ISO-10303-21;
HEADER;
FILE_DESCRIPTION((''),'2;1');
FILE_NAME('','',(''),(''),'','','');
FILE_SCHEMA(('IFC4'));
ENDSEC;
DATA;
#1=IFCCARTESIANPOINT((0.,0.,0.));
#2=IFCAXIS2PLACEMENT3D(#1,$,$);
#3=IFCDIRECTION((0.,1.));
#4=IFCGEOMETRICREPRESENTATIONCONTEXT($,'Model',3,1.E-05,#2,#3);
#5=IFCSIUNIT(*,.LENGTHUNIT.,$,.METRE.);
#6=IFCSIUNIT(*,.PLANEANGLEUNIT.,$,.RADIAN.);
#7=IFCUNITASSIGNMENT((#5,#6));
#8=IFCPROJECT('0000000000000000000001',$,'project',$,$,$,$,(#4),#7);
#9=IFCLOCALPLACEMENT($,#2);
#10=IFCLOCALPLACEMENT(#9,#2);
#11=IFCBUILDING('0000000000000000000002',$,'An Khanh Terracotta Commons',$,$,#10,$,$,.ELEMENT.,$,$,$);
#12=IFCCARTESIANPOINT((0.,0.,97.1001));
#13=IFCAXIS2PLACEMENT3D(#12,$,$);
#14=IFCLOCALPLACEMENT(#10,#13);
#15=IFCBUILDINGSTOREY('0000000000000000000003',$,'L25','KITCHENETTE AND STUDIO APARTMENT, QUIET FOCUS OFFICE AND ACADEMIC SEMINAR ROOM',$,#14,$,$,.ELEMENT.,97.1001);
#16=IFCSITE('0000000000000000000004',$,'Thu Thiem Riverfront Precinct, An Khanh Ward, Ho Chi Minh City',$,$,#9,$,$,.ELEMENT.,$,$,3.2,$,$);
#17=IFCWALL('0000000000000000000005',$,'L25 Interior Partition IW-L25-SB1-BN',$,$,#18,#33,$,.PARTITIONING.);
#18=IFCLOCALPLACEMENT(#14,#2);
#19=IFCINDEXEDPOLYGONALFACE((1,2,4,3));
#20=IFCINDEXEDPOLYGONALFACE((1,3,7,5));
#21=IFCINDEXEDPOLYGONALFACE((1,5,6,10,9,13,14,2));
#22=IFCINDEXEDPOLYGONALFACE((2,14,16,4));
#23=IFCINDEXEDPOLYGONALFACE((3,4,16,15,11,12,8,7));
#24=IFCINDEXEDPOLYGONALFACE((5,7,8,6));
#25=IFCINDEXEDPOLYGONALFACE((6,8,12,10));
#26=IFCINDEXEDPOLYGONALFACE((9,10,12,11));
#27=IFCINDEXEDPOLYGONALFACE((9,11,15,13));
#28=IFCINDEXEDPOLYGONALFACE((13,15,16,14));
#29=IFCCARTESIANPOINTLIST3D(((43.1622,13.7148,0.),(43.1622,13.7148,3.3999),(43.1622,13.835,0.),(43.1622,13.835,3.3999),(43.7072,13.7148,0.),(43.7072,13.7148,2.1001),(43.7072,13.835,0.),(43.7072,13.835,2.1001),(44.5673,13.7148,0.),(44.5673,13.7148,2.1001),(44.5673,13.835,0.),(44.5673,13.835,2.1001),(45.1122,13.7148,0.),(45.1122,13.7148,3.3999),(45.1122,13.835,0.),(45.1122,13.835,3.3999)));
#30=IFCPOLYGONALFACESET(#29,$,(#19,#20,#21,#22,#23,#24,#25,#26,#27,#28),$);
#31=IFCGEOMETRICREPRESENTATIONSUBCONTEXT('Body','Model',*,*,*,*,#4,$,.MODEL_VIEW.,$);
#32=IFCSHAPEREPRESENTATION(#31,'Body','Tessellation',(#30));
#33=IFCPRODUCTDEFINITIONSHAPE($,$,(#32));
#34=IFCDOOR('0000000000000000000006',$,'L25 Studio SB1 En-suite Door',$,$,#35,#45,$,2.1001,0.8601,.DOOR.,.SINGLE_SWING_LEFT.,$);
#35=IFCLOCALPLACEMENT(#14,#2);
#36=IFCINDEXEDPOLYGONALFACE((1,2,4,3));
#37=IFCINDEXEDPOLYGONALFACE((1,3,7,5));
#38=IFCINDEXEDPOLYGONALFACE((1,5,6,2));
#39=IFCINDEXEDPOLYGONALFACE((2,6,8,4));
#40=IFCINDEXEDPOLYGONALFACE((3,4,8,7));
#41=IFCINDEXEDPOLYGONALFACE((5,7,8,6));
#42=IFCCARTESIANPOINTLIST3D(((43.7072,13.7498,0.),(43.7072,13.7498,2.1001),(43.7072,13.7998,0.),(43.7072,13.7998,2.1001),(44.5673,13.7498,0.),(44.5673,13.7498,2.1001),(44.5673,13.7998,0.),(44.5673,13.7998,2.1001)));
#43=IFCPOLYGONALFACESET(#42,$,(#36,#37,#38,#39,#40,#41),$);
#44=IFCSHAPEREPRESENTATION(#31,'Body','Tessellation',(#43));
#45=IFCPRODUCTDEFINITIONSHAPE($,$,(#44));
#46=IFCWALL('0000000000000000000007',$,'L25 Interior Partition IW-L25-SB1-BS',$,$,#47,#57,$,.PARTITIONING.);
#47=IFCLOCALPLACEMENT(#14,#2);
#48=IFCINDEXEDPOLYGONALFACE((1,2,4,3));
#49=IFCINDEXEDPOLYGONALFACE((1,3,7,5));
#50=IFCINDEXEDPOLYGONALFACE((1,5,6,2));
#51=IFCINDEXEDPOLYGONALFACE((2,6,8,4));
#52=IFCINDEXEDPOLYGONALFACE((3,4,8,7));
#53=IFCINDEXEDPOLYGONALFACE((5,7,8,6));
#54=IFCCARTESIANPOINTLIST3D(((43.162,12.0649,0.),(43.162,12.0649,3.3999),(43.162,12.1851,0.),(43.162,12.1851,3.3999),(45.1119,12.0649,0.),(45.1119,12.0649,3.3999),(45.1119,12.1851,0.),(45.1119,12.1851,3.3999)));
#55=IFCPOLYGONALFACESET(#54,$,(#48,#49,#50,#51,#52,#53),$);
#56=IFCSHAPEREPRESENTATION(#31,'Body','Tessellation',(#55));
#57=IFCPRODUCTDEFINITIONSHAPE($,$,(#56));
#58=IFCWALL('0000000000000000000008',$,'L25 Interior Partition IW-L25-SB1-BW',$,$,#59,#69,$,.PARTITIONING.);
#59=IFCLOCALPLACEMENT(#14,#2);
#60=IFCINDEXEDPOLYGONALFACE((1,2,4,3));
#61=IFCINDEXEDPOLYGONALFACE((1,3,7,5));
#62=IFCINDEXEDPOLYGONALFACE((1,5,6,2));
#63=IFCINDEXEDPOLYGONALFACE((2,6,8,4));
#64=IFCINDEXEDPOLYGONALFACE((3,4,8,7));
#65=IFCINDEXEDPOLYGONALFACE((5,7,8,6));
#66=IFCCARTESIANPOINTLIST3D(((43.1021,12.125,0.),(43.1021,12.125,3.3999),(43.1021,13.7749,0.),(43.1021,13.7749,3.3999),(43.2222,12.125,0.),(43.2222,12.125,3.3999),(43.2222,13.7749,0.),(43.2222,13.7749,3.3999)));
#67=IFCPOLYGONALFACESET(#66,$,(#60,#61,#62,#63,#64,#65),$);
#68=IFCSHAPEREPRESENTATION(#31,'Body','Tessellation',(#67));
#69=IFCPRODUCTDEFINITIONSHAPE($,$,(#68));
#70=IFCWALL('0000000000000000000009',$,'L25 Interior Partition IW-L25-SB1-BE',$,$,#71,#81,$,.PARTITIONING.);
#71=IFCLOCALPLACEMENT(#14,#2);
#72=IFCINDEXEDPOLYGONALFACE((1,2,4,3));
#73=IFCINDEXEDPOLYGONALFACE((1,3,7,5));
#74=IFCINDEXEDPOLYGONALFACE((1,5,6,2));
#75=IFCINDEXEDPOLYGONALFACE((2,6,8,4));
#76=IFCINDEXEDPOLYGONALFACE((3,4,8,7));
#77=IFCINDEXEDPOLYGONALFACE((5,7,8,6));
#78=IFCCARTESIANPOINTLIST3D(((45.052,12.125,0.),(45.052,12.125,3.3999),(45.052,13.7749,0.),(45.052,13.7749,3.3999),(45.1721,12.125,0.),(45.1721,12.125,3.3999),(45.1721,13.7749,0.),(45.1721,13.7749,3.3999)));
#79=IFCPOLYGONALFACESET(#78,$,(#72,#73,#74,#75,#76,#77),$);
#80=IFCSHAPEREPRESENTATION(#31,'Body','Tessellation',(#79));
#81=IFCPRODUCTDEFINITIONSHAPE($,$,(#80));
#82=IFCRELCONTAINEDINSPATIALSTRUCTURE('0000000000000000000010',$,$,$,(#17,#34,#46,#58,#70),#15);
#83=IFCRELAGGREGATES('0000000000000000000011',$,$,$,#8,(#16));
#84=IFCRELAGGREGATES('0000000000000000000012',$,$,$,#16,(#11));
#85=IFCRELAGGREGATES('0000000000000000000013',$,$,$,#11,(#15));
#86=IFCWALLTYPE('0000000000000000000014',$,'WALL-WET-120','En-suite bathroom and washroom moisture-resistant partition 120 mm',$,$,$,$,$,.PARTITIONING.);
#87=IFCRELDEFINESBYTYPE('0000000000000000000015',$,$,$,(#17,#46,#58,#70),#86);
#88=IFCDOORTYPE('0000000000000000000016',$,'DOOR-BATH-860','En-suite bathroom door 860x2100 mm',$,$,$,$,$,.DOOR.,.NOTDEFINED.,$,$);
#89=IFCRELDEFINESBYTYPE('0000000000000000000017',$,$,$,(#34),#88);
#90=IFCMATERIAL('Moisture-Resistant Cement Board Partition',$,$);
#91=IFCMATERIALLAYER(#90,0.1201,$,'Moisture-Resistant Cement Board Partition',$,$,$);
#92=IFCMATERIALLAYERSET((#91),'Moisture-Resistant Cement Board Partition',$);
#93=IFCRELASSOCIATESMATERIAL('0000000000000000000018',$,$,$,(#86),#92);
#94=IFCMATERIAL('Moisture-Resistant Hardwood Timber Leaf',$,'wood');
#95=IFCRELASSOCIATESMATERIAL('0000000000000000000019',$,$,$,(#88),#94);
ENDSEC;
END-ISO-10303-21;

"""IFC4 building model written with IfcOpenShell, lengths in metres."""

from ifc_helpers import new_model, si_unit, direction, frame, frame_2d, origin, place, context, subcontext, project, spatial, rectangle, extrude, material, layer, layer_set, type_object, element, fill, save


model = new_model("IFC4")

# Units and contexts
model_context = context("Model", 3, precision=1e-05, world=origin(), true_north=direction((0.0, 1.0)))
body_context = subcontext(model_context, "Body", "Model", "MODEL_VIEW")
ifc_project = project(units=[si_unit("LENGTHUNIT", "METRE"), si_unit("PLANEANGLEUNIT", "RADIAN")], contexts=[model_context])

# Site, building, storey
site_placement = place(None, origin())
site = spatial("IfcSite", under=ifc_project, at=site_placement, Name="Thu Thiem Riverfront Precinct, An Khanh Ward, Ho Chi Minh City", CompositionType="ELEMENT", RefElevation=3.2)
building_placement = place(site_placement, origin())
building = spatial("IfcBuilding", under=site, at=building_placement, Name="An Khanh Terracotta Commons", CompositionType="ELEMENT")
storey_placement = place(building_placement, frame((0.0, 0.0, 97.1001)))
storey = spatial("IfcBuildingStorey", under=building, at=storey_placement, Name="L25", Description="KITCHENETTE AND STUDIO APARTMENT, QUIET FOCUS OFFICE AND ACADEMIC SEMINAR ROOM", CompositionType="ELEMENT", Elevation=97.1001)

# Wall, opening, door
ifc_material_1 = material(Name="Moisture-Resistant Cement Board Partition")
ifc_layer_1 = layer(ifc_material_1, 0.1201, Name="Moisture-Resistant Cement Board Partition")
ifc_layer_set_1 = layer_set([ifc_layer_1], Name="Moisture-Resistant Cement Board Partition")
wall_type_1 = type_object("IfcWallType", Name="WALL-WET-120", Description="En-suite bathroom and washroom moisture-resistant partition 120 mm", PredefinedType="PARTITIONING", material=ifc_layer_set_1)
wall_1_placement = place(storey_placement, frame((43.1621, 13.7749, 0.0), z_axis=(0.0, 0.0, 1.0), x_axis=(1.0, 0.0, 0.0)))
wall_1 = element("IfcWall", 1, at=wall_1_placement, inside=storey, type_object=wall_type_1, Name="L25 Interior Partition IW-L25-SB1-BN", PredefinedType="PARTITIONING", context=body_context, shape_type="SweptSolid", body=[
    extrude(rectangle(XDim=1.95, YDim=0.1201, at=frame_2d((0.9751, 0.0))), origin(), (0.0, 0.0, 1.0), 3.3999),
])
opening_1_placement = place(wall_1_placement, frame((0.5449, 0.0, 0.0)))
opening_1 = element("IfcOpeningElement", 2, at=opening_1_placement, cuts=wall_1, PredefinedType="OPENING", context=body_context, shape_type="SweptSolid", body=[
    extrude(rectangle(XDim=0.8601, YDim=2.1001, at=frame_2d((0.4302, 1.05))), frame((0.0, 0.0701, 0.0), z_axis=(0.0, -1.0, 0.0), x_axis=(1.0, 0.0, 0.0)), (0.0, 0.0, 1.0), 0.1401),
])
ifc_material_2 = material(Name="Moisture-Resistant Hardwood Timber Leaf", Category="wood")
door_type_1 = type_object("IfcDoorType", Name="DOOR-BATH-860", Description="En-suite bathroom door 860x2100 mm", OperationType="NOTDEFINED", PredefinedType="DOOR", material=ifc_material_2)
door_1_placement = place(opening_1_placement, origin())
door_1 = element("IfcDoor", 3, at=door_1_placement, inside=storey, type_object=door_type_1, Name="L25 Studio SB1 En-suite Door", OperationType="SINGLE_SWING_LEFT", OverallHeight=2.1001, OverallWidth=0.8601, PredefinedType="DOOR", context=body_context, shape_type="SweptSolid", body=[
    extrude(rectangle(XDim=0.8601, YDim=2.1001, at=frame_2d((0.4302, 1.05))), frame((0.0, 0.0249, 0.0), z_axis=(0.0, -1.0, 0.0), x_axis=(1.0, 0.0, 0.0)), (0.0, 0.0, 1.0), 0.05),
])
fill(opening_1, door_1)

# Walls
wall_2_placement = place(storey_placement, frame((45.1121, 12.125, 0.0), z_axis=(0.0, 0.0, 1.0), x_axis=(-1.0, 0.0, 0.0)))
element("IfcWall", 4, at=wall_2_placement, inside=storey, type_object=wall_type_1, Name="L25 Interior Partition IW-L25-SB1-BS", PredefinedType="PARTITIONING", context=body_context, shape_type="SweptSolid", body=[
    extrude(rectangle(XDim=1.95, YDim=0.1201, at=frame_2d((0.9751, 0.0))), origin(), (0.0, 0.0, 1.0), 3.3999),
])
for number, where, z_axis, x_axis, name in (
    (5, (43.1621, 13.7749, 0.0), (0.0, 0.0, 1.0), (0.0, -1.0, 0.0), "L25 Interior Partition IW-L25-SB1-BW"),
    (6, (45.1121, 12.125, 0.0), (0.0, 0.0, 1.0), (0.0, 1.0, 0.0), "L25 Interior Partition IW-L25-SB1-BE"),
):
    element("IfcWall", number, at=place(storey_placement, frame(where, z_axis=z_axis, x_axis=x_axis)), inside=storey, type_object=wall_type_1, Name=name, PredefinedType="PARTITIONING", context=body_context, shape_type="SweptSolid", body=[
        extrude(rectangle(XDim=1.6499, YDim=0.1201, at=frame_2d((0.825, 0.0))), origin(), (0.0, 0.0, 1.0), 3.3999),
    ])

save(model, "model.ifc")
